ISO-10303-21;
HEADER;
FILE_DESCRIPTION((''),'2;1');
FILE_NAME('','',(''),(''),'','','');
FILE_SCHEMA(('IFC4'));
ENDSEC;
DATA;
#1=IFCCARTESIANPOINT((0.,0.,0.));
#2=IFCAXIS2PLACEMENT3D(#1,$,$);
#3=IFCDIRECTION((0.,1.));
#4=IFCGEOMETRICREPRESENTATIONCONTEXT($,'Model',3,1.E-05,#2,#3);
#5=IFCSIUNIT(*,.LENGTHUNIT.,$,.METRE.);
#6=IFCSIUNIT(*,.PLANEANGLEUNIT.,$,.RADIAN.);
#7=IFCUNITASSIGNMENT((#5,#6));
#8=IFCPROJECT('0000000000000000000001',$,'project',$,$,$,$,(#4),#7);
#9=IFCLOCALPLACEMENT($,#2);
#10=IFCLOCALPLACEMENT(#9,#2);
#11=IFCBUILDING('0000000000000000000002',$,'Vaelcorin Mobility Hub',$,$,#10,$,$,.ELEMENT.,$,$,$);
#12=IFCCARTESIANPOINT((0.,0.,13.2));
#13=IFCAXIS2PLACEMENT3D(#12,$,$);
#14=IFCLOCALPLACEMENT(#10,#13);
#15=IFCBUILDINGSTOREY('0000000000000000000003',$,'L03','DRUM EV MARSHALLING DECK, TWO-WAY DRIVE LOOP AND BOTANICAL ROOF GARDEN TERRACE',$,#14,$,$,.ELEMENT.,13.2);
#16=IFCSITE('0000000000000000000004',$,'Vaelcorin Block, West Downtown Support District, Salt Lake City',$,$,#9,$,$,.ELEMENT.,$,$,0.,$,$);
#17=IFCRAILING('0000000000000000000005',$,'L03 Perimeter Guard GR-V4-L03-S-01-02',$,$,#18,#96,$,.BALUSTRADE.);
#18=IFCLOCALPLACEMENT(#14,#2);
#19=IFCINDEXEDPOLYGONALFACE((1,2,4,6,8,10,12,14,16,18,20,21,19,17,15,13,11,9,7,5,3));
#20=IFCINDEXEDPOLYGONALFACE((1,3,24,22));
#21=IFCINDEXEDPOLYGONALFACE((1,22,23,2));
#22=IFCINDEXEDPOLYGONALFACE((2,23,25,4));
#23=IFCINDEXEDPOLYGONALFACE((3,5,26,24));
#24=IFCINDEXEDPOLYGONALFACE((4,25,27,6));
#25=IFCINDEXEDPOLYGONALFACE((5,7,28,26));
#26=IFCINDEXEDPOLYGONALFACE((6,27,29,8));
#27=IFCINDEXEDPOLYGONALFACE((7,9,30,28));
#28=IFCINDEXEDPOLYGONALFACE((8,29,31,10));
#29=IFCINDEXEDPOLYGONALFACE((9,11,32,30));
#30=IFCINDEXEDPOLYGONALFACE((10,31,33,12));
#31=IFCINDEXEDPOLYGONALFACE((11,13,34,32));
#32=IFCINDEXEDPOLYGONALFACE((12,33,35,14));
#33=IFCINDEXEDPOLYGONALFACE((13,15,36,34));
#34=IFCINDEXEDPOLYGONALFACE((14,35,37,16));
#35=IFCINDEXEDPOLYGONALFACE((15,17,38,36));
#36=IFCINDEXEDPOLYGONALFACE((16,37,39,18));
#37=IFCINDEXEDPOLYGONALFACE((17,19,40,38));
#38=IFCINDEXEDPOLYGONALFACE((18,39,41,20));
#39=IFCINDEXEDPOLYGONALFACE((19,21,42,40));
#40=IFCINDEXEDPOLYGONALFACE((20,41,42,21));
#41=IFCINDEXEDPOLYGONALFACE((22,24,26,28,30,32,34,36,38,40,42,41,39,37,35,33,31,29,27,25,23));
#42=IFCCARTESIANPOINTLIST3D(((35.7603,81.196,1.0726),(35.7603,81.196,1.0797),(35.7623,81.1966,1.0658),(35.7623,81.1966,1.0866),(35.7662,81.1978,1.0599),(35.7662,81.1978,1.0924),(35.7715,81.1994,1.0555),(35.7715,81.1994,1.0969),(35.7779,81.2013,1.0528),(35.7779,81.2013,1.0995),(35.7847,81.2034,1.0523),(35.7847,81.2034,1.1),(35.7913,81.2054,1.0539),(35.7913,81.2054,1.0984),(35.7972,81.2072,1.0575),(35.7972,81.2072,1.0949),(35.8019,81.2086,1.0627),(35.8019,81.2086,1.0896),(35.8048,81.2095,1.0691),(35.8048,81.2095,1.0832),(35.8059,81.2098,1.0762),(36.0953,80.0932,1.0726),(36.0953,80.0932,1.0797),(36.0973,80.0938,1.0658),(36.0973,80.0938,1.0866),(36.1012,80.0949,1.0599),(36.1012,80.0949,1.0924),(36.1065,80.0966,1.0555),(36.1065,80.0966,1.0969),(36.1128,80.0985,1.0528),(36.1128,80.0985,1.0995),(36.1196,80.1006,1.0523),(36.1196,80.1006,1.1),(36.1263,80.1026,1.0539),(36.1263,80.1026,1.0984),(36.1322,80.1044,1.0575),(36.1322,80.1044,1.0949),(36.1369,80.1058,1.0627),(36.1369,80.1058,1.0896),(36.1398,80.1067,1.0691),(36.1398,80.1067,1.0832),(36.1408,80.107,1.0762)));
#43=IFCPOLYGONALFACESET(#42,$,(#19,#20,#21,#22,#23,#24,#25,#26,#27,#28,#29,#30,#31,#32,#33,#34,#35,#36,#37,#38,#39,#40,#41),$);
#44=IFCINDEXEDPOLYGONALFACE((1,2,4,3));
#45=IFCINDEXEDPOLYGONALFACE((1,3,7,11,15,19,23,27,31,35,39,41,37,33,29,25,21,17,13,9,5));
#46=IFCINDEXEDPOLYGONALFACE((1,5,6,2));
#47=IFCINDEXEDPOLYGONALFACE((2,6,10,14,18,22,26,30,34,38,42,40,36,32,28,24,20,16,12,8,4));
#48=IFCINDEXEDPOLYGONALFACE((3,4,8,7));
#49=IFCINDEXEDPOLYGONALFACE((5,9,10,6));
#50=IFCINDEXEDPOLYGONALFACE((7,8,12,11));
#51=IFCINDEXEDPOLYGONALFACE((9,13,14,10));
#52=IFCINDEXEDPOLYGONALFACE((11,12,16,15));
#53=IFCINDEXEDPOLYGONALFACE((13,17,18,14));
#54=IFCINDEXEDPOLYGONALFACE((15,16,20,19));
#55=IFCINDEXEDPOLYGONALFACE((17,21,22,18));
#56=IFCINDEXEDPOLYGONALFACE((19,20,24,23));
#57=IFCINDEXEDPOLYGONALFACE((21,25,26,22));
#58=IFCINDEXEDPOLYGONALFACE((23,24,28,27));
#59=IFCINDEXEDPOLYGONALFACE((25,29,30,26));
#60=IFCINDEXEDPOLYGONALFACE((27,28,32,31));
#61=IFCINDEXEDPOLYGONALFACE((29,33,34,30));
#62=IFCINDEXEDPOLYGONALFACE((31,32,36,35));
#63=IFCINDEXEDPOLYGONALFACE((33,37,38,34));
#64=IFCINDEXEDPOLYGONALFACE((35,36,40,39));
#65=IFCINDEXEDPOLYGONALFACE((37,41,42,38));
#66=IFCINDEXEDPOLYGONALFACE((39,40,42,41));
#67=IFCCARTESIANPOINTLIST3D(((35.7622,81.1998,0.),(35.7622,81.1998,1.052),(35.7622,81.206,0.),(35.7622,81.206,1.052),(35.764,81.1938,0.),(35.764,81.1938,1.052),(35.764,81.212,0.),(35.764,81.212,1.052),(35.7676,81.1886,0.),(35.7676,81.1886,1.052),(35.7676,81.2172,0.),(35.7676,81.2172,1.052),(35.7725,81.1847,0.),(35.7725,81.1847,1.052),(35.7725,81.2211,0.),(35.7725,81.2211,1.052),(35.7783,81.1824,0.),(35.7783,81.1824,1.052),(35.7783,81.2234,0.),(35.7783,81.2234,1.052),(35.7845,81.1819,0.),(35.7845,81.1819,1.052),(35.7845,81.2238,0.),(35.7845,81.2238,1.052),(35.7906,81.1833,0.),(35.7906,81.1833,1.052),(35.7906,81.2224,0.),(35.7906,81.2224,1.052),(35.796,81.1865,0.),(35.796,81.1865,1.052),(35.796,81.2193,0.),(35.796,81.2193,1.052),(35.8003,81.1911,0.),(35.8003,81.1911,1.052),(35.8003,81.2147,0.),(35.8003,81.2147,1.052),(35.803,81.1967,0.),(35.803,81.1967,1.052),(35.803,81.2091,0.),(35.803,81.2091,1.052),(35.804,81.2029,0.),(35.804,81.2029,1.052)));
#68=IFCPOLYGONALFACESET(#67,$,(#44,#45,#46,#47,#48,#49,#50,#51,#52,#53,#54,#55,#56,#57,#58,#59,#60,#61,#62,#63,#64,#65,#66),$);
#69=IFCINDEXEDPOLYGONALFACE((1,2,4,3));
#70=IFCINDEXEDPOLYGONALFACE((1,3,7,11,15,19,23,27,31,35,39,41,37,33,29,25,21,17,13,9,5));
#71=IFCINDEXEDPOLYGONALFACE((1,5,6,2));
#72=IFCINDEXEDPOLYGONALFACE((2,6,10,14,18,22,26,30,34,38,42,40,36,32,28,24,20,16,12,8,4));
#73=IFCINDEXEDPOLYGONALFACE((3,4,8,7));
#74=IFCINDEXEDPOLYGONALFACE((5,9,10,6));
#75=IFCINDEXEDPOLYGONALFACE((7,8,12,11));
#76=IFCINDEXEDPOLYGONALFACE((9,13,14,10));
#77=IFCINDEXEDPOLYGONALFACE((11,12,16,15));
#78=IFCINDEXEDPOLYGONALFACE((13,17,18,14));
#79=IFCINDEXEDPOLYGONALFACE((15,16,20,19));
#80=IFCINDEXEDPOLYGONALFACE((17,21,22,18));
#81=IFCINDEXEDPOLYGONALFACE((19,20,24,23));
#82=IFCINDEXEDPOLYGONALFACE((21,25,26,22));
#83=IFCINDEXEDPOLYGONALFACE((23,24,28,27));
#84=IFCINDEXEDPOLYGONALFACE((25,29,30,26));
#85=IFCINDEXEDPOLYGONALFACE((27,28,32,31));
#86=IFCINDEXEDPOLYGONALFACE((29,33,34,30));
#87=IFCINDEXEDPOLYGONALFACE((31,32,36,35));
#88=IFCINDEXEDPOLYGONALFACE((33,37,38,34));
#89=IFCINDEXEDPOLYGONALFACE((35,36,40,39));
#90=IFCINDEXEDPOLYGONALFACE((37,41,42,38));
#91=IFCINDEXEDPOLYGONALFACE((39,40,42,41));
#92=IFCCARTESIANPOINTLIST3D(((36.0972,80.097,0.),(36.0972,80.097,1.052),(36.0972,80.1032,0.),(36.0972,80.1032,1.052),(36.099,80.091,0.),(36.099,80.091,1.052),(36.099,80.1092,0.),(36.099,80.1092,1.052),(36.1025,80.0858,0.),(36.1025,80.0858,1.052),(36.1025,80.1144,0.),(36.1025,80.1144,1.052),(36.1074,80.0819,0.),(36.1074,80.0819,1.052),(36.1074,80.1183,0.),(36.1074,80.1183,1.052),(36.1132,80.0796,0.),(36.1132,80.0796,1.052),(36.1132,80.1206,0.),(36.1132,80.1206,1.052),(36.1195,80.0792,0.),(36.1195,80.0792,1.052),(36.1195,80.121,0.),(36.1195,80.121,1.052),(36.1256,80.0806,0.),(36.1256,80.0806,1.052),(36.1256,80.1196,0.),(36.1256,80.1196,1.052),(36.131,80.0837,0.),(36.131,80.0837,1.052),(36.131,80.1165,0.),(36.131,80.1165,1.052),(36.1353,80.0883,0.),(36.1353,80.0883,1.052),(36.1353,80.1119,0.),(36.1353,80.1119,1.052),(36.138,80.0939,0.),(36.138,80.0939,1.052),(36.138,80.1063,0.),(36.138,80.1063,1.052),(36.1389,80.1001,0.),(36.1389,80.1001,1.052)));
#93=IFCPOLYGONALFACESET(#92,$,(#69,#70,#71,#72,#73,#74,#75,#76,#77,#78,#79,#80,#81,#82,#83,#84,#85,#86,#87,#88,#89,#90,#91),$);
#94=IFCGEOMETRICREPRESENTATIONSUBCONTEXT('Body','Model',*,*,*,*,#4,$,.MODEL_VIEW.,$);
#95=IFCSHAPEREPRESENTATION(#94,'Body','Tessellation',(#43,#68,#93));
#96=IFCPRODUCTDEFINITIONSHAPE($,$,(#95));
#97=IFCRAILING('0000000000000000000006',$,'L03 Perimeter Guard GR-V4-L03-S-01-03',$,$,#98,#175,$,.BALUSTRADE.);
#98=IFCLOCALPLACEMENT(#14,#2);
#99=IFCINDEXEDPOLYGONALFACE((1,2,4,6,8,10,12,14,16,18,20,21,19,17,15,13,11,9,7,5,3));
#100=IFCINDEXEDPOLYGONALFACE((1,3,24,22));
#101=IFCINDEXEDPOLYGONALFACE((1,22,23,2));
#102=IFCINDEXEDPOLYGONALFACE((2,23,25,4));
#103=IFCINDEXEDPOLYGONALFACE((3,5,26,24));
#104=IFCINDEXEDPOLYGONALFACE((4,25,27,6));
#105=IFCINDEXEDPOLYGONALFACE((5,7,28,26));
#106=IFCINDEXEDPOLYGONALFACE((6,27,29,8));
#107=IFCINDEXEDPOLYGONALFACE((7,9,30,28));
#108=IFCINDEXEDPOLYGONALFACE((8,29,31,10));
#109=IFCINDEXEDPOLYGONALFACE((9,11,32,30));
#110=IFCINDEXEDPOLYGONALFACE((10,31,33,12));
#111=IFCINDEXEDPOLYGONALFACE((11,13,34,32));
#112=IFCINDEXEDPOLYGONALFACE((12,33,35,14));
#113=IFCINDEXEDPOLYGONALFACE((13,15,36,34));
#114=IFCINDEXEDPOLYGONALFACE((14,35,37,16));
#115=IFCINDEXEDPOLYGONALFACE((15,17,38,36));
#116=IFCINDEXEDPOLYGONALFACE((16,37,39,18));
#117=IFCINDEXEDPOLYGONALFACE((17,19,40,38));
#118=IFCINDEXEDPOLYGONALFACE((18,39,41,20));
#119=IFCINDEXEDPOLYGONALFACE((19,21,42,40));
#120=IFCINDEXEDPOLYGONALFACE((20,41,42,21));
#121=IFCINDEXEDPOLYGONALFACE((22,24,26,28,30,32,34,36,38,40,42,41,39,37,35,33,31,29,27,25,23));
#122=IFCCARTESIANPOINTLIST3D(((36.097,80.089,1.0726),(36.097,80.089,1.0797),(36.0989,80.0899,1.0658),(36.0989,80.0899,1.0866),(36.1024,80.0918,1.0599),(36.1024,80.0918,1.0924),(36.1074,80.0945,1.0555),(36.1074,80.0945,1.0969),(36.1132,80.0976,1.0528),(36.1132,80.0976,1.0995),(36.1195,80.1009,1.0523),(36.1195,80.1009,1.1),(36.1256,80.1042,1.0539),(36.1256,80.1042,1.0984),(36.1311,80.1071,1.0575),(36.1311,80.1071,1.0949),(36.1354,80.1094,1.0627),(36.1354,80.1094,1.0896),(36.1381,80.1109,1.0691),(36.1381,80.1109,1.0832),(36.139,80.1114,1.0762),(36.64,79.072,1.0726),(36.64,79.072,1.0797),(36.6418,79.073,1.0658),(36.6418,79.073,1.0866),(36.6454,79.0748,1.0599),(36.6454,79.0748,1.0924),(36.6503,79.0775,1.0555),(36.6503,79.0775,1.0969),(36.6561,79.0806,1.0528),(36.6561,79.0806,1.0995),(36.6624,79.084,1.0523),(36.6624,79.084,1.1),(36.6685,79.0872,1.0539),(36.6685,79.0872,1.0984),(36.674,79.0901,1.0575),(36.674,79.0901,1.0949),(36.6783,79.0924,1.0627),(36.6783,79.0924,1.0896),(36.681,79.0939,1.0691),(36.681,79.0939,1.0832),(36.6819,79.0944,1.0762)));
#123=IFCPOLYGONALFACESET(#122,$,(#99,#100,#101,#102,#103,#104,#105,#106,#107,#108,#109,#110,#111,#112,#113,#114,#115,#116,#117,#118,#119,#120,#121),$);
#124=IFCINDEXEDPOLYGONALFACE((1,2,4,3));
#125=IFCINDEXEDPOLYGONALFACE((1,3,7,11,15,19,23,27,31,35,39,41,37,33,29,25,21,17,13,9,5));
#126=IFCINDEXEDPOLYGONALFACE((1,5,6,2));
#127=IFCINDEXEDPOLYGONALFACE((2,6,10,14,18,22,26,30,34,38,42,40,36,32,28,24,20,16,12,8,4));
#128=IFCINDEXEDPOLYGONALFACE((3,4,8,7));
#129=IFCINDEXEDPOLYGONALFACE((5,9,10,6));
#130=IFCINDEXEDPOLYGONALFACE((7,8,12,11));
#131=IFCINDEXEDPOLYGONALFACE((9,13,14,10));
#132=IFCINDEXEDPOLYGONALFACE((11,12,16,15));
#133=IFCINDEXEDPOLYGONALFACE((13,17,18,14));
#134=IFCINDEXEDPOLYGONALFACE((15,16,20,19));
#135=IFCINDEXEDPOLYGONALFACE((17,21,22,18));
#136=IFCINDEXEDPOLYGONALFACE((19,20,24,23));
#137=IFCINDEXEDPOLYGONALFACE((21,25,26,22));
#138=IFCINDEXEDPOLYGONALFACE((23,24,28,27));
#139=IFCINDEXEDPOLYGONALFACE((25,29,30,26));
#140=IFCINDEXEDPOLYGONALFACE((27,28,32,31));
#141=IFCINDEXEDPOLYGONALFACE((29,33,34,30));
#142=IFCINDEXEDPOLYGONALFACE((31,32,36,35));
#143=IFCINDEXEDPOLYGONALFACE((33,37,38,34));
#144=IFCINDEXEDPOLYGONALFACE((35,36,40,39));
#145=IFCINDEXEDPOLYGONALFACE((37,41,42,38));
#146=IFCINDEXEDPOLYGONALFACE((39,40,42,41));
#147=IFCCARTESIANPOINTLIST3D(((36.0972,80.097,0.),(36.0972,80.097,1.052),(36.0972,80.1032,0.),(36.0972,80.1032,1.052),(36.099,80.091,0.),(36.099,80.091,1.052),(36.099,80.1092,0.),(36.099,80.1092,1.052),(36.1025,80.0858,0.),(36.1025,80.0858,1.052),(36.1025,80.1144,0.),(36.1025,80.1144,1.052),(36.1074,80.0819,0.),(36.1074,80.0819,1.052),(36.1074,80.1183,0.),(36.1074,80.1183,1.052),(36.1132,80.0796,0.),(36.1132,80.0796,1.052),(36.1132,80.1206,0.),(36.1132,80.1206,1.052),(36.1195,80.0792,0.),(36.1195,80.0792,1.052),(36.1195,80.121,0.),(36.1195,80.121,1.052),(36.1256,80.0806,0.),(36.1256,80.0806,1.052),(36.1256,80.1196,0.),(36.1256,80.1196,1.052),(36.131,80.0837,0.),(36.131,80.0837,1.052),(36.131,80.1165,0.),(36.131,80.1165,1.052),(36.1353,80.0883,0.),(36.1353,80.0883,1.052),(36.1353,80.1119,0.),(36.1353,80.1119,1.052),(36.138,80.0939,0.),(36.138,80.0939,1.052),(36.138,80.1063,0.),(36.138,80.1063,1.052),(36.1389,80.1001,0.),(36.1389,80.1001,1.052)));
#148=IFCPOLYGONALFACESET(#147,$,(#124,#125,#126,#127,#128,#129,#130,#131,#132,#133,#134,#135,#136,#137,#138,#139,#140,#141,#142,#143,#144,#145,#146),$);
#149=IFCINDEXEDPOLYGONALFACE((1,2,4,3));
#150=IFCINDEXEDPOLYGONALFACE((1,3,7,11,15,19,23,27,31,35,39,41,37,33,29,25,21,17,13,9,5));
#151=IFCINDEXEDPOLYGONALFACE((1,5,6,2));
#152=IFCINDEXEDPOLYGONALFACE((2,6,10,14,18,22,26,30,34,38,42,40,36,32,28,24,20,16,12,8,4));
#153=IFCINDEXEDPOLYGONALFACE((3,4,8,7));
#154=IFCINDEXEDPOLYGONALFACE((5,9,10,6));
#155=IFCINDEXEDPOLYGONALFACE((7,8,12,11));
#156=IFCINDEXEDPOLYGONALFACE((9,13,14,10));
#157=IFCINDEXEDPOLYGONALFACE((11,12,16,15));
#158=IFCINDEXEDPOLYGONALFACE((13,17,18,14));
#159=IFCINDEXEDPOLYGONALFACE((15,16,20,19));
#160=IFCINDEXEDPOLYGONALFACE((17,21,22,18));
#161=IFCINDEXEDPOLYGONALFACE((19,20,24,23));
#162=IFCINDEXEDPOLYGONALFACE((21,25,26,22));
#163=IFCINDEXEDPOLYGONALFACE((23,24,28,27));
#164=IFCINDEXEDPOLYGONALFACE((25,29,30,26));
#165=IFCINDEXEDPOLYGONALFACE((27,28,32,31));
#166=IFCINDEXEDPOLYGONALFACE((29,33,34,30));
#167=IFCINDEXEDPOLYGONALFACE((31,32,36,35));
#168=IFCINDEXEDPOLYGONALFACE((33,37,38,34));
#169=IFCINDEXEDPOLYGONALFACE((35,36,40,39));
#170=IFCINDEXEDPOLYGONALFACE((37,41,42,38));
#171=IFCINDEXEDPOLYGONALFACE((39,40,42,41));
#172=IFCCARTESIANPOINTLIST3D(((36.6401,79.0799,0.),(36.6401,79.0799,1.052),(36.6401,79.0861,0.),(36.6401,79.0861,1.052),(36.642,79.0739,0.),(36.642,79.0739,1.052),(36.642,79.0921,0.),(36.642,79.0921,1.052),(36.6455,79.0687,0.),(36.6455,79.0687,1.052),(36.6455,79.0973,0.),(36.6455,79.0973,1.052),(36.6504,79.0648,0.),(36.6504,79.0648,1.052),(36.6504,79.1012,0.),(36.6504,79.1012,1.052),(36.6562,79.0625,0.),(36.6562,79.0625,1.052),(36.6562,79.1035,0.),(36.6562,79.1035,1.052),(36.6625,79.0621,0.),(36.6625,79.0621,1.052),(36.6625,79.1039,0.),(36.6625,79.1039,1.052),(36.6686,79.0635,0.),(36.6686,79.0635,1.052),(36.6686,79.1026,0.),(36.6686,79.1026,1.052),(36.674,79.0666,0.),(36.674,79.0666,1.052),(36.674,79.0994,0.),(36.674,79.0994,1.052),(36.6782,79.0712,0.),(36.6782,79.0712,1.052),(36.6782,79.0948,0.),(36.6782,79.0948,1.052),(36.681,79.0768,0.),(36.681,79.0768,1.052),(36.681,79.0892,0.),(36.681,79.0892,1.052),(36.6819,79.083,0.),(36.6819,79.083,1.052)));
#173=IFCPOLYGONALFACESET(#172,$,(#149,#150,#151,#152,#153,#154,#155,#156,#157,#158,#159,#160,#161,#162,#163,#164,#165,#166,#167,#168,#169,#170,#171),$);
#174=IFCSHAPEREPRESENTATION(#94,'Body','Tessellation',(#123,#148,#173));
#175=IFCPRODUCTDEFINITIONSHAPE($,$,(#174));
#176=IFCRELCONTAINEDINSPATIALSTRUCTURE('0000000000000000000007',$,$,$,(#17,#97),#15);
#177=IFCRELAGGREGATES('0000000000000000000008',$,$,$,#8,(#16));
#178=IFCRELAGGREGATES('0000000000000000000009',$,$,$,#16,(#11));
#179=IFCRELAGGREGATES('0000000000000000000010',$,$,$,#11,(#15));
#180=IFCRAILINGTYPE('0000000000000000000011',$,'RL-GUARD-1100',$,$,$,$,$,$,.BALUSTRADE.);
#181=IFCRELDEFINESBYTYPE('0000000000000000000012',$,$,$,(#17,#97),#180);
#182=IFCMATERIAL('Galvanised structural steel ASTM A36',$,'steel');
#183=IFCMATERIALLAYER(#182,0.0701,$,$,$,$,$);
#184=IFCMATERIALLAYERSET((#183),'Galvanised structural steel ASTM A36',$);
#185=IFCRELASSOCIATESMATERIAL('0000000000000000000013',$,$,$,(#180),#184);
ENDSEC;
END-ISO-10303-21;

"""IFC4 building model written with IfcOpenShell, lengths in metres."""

from ifc_helpers import new_model, si_unit, direction, frame, origin, origin_2d, place, context, subcontext, project, spatial, circle, extrude, material, layer, layer_set, type_object, element, save


model = new_model("IFC4")

# Units and contexts
model_context = context("Model", 3, precision=1e-05, world=origin(), true_north=direction((0.0, 1.0)))
body_context = subcontext(model_context, "Body", "Model", "MODEL_VIEW")
ifc_project = project(units=[si_unit("LENGTHUNIT", "METRE"), si_unit("PLANEANGLEUNIT", "RADIAN")], contexts=[model_context])

# Site, building, storey
site_placement = place(None, origin())
site = spatial("IfcSite", under=ifc_project, at=site_placement, Name="Vaelcorin Block, West Downtown Support District, Salt Lake City", CompositionType="ELEMENT", RefElevation=0.0)
building_placement = place(site_placement, origin())
building = spatial("IfcBuilding", under=site, at=building_placement, Name="Vaelcorin Mobility Hub", CompositionType="ELEMENT")
storey_placement = place(building_placement, frame((0.0, 0.0, 13.2)))
storey = spatial("IfcBuildingStorey", under=building, at=storey_placement, Name="L03", Description="DRUM EV MARSHALLING DECK, TWO-WAY DRIVE LOOP AND BOTANICAL ROOF GARDEN TERRACE", CompositionType="ELEMENT", Elevation=13.2)

# Railings
ifc_material_1 = material(Name="Galvanised structural steel ASTM A36", Category="steel")
ifc_layer_1 = layer(ifc_material_1, 0.0701)
ifc_layer_set_1 = layer_set([ifc_layer_1], Name="Galvanised structural steel ASTM A36")
railing_type = type_object("IfcRailingType", Name="RL-GUARD-1100", PredefinedType="BALUSTRADE", material=ifc_layer_set_1)
railing_1_placement = place(storey_placement, frame((35.783, 81.2029, 0.0)))
element("IfcRailing", 1, at=railing_1_placement, inside=storey, type_object=railing_type, Name="L03 Perimeter Guard GR-V4-L03-S-01-02", PredefinedType="BALUSTRADE", context=body_context, shape_type="SweptSolid", body=[
    extrude(circle(Radius=0.0239, at=origin_2d()), frame((0.0, 0.0, 1.0762), z_axis=(0.290631, -0.956835, 0.0), x_axis=(0.956835, 0.290631, 0.0)), (0.0, 0.0, 1.0), 1.1526),
    extrude(circle(Radius=0.021, at=origin_2d()), origin(), (0.0, 0.0, 1.0), 1.052),
    extrude(circle(Radius=0.021, at=origin_2d()), frame((0.335, -1.1028, 0.0)), (0.0, 0.0, 1.0), 1.052),
])
railing_2_placement = place(storey_placement, frame((36.1179, 80.1001, 0.0)))
element("IfcRailing", 2, at=railing_2_placement, inside=storey, type_object=railing_type, Name="L03 Perimeter Guard GR-V4-L03-S-01-03", PredefinedType="BALUSTRADE", context=body_context, shape_type="SweptSolid", body=[
    extrude(circle(Radius=0.0239, at=origin_2d()), frame((0.0, 0.0, 1.0762), z_axis=(0.47094, -0.882165, 0.0), x_axis=(0.882165, 0.47094, 0.0)), (0.0, 0.0, 1.0), 1.1528),
    extrude(circle(Radius=0.021, at=origin_2d()), origin(), (0.0, 0.0, 1.0), 1.052),
    extrude(circle(Radius=0.021, at=origin_2d()), frame((0.543, -1.0171, 0.0)), (0.0, 0.0, 1.0), 1.052),
])

save(model, "model.ifc")
